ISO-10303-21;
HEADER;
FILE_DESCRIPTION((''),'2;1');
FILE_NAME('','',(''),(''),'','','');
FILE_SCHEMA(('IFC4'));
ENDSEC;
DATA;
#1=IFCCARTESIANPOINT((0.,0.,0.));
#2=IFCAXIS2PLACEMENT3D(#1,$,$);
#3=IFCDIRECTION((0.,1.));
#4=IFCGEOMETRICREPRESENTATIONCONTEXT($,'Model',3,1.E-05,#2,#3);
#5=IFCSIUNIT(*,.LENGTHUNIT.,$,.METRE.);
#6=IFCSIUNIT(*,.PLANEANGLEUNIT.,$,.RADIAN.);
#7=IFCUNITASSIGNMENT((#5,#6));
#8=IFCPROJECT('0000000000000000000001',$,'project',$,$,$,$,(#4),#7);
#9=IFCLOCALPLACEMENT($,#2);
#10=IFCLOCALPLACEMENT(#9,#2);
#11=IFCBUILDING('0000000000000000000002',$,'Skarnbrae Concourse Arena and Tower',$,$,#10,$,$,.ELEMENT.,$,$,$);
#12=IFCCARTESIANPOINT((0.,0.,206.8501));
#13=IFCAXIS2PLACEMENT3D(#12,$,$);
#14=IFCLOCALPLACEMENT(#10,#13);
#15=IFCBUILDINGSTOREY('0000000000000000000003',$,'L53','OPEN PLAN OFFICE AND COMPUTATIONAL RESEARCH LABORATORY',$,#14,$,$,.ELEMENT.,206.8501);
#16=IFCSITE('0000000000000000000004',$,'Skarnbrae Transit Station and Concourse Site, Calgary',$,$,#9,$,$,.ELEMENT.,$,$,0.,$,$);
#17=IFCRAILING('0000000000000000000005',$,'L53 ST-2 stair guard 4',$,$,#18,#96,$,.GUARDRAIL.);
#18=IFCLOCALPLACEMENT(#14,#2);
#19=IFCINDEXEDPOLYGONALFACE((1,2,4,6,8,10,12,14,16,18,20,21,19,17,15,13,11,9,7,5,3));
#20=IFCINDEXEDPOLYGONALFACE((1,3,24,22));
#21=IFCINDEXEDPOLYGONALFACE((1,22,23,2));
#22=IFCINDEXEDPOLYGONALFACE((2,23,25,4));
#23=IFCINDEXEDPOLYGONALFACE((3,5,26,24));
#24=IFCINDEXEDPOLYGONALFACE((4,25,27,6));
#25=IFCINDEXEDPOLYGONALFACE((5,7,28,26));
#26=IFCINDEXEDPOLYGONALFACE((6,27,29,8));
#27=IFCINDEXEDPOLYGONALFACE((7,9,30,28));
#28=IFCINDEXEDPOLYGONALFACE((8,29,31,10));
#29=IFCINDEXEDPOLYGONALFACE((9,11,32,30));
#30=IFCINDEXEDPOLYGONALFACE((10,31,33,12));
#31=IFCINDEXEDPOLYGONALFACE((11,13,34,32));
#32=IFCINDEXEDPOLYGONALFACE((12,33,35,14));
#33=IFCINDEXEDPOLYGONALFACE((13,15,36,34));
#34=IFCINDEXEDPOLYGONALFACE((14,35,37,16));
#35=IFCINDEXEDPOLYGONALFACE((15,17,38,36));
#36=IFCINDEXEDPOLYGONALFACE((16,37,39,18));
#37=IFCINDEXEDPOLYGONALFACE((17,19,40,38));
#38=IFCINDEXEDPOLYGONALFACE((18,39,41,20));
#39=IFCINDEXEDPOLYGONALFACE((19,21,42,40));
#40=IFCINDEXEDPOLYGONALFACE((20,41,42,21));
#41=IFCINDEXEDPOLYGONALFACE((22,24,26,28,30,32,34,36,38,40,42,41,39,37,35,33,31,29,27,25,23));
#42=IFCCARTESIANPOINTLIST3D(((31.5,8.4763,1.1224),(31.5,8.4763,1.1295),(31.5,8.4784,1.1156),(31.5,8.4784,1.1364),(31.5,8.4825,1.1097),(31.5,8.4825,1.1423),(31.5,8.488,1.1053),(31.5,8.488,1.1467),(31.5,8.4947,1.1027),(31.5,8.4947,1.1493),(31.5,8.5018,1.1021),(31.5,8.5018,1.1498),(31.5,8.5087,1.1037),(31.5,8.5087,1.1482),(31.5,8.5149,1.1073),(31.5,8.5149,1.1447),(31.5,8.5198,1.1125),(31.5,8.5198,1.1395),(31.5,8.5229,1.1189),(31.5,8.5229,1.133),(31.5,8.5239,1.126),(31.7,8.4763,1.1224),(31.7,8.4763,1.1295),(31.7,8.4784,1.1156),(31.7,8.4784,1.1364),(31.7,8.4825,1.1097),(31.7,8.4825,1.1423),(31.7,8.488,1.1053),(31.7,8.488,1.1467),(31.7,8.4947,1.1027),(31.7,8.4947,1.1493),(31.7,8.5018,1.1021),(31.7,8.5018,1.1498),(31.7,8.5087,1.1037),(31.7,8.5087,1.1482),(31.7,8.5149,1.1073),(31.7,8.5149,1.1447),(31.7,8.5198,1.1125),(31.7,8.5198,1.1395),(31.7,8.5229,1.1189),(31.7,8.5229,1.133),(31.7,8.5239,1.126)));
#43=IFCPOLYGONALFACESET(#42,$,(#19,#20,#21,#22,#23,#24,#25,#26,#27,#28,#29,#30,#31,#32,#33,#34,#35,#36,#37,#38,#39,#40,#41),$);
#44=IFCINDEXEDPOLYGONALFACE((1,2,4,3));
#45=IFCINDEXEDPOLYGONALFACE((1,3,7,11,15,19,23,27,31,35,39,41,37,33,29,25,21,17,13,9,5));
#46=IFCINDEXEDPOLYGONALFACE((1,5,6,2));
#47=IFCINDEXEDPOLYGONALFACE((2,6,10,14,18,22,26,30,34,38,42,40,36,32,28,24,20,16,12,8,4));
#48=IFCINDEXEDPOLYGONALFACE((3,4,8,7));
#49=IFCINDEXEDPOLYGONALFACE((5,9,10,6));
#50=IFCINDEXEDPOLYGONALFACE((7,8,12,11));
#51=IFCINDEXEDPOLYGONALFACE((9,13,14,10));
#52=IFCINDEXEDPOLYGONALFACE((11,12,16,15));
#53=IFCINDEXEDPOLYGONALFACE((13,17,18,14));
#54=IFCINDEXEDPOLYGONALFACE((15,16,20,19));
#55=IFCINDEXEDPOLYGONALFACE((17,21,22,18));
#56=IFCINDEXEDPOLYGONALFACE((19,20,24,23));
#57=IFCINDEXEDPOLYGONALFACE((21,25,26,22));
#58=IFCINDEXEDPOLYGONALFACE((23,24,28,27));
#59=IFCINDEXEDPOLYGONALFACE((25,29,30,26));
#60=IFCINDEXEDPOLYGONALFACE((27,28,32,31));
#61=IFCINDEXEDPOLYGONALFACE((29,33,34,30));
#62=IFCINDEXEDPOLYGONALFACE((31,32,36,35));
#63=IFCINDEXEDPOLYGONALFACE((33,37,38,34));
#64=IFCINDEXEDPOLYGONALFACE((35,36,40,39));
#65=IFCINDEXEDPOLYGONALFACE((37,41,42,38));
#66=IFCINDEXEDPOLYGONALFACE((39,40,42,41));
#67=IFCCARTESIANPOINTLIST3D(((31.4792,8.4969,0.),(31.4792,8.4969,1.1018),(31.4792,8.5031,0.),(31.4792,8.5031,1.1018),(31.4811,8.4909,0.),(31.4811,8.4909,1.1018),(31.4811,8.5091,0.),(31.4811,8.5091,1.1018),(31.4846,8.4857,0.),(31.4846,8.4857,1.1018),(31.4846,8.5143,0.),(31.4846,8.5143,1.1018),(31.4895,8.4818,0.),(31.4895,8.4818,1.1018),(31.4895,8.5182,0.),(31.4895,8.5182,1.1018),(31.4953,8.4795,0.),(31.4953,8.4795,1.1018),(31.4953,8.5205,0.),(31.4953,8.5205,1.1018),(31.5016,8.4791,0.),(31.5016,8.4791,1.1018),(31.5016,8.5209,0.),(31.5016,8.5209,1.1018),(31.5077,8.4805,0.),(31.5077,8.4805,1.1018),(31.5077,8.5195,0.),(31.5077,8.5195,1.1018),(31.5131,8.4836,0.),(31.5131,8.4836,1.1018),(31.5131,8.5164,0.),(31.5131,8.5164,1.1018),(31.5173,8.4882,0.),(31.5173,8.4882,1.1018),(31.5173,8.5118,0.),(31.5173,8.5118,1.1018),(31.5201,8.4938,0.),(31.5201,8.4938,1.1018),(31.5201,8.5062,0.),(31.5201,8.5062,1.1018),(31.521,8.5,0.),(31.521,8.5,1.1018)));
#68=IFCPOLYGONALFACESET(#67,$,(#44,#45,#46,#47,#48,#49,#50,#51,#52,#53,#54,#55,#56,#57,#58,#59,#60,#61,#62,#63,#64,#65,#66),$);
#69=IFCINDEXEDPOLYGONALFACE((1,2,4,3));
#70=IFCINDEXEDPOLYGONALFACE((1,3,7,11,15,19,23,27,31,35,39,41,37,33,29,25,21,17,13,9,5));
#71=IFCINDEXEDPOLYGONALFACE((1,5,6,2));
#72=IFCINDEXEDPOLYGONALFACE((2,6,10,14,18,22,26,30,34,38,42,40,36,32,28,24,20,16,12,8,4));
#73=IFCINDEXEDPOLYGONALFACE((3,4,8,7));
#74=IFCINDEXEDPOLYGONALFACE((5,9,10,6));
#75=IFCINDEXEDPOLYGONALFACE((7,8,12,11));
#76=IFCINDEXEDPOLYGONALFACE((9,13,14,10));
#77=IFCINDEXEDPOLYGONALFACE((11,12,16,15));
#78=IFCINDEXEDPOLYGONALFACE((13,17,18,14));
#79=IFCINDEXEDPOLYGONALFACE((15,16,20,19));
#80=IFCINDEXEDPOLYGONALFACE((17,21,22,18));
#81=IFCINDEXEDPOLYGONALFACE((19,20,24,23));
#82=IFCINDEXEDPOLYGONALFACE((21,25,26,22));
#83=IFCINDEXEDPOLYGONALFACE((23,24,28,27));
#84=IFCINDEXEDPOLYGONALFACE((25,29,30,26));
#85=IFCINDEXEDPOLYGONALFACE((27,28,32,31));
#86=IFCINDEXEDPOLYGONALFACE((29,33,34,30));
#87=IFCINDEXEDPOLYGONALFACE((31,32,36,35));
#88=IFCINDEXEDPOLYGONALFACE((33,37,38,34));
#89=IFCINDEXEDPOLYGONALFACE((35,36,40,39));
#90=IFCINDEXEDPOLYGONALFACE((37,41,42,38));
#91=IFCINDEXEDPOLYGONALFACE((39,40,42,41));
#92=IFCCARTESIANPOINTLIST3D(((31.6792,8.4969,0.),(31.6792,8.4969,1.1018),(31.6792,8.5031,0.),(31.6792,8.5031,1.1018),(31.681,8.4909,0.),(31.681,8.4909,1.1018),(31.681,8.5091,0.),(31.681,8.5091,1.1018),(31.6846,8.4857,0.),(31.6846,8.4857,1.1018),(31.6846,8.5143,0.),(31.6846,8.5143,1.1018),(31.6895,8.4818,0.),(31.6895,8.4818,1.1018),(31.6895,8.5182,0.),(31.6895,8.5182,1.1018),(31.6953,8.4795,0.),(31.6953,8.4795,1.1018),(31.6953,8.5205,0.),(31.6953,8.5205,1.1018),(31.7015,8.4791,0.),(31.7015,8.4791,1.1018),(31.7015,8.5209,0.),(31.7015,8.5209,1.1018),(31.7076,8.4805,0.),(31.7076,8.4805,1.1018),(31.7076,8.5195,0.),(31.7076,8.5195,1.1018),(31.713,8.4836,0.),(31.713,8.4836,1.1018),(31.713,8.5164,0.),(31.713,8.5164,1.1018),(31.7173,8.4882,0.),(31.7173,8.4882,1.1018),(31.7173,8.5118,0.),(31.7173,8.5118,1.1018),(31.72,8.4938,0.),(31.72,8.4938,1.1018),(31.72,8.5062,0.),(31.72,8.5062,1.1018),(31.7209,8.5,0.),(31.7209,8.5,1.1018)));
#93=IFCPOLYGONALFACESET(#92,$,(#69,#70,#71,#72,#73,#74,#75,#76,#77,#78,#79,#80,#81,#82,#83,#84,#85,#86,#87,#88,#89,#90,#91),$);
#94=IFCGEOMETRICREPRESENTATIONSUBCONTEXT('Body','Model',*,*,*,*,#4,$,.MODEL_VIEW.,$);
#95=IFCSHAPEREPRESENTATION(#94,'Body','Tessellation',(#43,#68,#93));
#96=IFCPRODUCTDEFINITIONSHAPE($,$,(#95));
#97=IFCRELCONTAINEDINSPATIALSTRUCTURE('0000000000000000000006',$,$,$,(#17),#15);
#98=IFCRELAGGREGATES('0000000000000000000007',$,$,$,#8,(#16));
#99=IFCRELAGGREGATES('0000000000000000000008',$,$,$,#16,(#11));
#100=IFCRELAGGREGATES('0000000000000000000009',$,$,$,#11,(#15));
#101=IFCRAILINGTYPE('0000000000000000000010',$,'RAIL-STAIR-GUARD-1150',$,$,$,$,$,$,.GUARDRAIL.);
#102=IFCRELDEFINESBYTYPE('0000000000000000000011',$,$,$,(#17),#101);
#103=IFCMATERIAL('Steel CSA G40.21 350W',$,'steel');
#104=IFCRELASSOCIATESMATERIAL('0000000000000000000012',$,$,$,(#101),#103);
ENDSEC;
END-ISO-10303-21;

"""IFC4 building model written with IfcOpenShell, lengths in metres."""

from ifc_helpers import new_model, si_unit, direction, frame, origin, origin_2d, place, context, subcontext, project, spatial, circle, extrude, material, type_object, element, save


model = new_model("IFC4")

# Units and contexts
model_context = context("Model", 3, precision=1e-05, world=origin(), true_north=direction((0.0, 1.0)))
body_context = subcontext(model_context, "Body", "Model", "MODEL_VIEW")
ifc_project = project(units=[si_unit("LENGTHUNIT", "METRE"), si_unit("PLANEANGLEUNIT", "RADIAN")], contexts=[model_context])

# Site, building, storey
site_placement = place(None, origin())
site = spatial("IfcSite", under=ifc_project, at=site_placement, Name="Skarnbrae Transit Station and Concourse Site, Calgary", CompositionType="ELEMENT", RefElevation=0.0)
building_placement = place(site_placement, origin())
building = spatial("IfcBuilding", under=site, at=building_placement, Name="Skarnbrae Concourse Arena and Tower", CompositionType="ELEMENT")
storey_placement = place(building_placement, frame((0.0, 0.0, 206.8501)))
storey = spatial("IfcBuildingStorey", under=building, at=storey_placement, Name="L53", Description="OPEN PLAN OFFICE AND COMPUTATIONAL RESEARCH LABORATORY", CompositionType="ELEMENT", Elevation=206.8501)

# Shared definitions
ifc_material_1 = material(Name="Steel CSA G40.21 350W", Category="steel")

# Railing
railing_type = type_object("IfcRailingType", Name="RAIL-STAIR-GUARD-1150", PredefinedType="GUARDRAIL", material=ifc_material_1)
railing_1_placement = place(storey_placement, frame((31.5, 8.5, 0.0)))
element("IfcRailing", 1, at=railing_1_placement, inside=storey, type_object=railing_type, Name="L53 ST-2 stair guard 4", PredefinedType="GUARDRAIL", context=body_context, shape_type="SweptSolid", body=[
    extrude(circle(Radius=0.0239, at=origin_2d()), frame((0.0, 0.0, 1.126), z_axis=(1.0, 0.0, 0.0), x_axis=(0.0, 1.0, 0.0)), (0.0, 0.0, 1.0), 0.2),
    extrude(circle(Radius=0.021, at=origin_2d()), origin(), (0.0, 0.0, 1.0), 1.1018),
    extrude(circle(Radius=0.021, at=origin_2d()), frame((0.2, 0.0, 0.0)), (0.0, 0.0, 1.0), 1.1018),
])

save(model, "model.ifc")
